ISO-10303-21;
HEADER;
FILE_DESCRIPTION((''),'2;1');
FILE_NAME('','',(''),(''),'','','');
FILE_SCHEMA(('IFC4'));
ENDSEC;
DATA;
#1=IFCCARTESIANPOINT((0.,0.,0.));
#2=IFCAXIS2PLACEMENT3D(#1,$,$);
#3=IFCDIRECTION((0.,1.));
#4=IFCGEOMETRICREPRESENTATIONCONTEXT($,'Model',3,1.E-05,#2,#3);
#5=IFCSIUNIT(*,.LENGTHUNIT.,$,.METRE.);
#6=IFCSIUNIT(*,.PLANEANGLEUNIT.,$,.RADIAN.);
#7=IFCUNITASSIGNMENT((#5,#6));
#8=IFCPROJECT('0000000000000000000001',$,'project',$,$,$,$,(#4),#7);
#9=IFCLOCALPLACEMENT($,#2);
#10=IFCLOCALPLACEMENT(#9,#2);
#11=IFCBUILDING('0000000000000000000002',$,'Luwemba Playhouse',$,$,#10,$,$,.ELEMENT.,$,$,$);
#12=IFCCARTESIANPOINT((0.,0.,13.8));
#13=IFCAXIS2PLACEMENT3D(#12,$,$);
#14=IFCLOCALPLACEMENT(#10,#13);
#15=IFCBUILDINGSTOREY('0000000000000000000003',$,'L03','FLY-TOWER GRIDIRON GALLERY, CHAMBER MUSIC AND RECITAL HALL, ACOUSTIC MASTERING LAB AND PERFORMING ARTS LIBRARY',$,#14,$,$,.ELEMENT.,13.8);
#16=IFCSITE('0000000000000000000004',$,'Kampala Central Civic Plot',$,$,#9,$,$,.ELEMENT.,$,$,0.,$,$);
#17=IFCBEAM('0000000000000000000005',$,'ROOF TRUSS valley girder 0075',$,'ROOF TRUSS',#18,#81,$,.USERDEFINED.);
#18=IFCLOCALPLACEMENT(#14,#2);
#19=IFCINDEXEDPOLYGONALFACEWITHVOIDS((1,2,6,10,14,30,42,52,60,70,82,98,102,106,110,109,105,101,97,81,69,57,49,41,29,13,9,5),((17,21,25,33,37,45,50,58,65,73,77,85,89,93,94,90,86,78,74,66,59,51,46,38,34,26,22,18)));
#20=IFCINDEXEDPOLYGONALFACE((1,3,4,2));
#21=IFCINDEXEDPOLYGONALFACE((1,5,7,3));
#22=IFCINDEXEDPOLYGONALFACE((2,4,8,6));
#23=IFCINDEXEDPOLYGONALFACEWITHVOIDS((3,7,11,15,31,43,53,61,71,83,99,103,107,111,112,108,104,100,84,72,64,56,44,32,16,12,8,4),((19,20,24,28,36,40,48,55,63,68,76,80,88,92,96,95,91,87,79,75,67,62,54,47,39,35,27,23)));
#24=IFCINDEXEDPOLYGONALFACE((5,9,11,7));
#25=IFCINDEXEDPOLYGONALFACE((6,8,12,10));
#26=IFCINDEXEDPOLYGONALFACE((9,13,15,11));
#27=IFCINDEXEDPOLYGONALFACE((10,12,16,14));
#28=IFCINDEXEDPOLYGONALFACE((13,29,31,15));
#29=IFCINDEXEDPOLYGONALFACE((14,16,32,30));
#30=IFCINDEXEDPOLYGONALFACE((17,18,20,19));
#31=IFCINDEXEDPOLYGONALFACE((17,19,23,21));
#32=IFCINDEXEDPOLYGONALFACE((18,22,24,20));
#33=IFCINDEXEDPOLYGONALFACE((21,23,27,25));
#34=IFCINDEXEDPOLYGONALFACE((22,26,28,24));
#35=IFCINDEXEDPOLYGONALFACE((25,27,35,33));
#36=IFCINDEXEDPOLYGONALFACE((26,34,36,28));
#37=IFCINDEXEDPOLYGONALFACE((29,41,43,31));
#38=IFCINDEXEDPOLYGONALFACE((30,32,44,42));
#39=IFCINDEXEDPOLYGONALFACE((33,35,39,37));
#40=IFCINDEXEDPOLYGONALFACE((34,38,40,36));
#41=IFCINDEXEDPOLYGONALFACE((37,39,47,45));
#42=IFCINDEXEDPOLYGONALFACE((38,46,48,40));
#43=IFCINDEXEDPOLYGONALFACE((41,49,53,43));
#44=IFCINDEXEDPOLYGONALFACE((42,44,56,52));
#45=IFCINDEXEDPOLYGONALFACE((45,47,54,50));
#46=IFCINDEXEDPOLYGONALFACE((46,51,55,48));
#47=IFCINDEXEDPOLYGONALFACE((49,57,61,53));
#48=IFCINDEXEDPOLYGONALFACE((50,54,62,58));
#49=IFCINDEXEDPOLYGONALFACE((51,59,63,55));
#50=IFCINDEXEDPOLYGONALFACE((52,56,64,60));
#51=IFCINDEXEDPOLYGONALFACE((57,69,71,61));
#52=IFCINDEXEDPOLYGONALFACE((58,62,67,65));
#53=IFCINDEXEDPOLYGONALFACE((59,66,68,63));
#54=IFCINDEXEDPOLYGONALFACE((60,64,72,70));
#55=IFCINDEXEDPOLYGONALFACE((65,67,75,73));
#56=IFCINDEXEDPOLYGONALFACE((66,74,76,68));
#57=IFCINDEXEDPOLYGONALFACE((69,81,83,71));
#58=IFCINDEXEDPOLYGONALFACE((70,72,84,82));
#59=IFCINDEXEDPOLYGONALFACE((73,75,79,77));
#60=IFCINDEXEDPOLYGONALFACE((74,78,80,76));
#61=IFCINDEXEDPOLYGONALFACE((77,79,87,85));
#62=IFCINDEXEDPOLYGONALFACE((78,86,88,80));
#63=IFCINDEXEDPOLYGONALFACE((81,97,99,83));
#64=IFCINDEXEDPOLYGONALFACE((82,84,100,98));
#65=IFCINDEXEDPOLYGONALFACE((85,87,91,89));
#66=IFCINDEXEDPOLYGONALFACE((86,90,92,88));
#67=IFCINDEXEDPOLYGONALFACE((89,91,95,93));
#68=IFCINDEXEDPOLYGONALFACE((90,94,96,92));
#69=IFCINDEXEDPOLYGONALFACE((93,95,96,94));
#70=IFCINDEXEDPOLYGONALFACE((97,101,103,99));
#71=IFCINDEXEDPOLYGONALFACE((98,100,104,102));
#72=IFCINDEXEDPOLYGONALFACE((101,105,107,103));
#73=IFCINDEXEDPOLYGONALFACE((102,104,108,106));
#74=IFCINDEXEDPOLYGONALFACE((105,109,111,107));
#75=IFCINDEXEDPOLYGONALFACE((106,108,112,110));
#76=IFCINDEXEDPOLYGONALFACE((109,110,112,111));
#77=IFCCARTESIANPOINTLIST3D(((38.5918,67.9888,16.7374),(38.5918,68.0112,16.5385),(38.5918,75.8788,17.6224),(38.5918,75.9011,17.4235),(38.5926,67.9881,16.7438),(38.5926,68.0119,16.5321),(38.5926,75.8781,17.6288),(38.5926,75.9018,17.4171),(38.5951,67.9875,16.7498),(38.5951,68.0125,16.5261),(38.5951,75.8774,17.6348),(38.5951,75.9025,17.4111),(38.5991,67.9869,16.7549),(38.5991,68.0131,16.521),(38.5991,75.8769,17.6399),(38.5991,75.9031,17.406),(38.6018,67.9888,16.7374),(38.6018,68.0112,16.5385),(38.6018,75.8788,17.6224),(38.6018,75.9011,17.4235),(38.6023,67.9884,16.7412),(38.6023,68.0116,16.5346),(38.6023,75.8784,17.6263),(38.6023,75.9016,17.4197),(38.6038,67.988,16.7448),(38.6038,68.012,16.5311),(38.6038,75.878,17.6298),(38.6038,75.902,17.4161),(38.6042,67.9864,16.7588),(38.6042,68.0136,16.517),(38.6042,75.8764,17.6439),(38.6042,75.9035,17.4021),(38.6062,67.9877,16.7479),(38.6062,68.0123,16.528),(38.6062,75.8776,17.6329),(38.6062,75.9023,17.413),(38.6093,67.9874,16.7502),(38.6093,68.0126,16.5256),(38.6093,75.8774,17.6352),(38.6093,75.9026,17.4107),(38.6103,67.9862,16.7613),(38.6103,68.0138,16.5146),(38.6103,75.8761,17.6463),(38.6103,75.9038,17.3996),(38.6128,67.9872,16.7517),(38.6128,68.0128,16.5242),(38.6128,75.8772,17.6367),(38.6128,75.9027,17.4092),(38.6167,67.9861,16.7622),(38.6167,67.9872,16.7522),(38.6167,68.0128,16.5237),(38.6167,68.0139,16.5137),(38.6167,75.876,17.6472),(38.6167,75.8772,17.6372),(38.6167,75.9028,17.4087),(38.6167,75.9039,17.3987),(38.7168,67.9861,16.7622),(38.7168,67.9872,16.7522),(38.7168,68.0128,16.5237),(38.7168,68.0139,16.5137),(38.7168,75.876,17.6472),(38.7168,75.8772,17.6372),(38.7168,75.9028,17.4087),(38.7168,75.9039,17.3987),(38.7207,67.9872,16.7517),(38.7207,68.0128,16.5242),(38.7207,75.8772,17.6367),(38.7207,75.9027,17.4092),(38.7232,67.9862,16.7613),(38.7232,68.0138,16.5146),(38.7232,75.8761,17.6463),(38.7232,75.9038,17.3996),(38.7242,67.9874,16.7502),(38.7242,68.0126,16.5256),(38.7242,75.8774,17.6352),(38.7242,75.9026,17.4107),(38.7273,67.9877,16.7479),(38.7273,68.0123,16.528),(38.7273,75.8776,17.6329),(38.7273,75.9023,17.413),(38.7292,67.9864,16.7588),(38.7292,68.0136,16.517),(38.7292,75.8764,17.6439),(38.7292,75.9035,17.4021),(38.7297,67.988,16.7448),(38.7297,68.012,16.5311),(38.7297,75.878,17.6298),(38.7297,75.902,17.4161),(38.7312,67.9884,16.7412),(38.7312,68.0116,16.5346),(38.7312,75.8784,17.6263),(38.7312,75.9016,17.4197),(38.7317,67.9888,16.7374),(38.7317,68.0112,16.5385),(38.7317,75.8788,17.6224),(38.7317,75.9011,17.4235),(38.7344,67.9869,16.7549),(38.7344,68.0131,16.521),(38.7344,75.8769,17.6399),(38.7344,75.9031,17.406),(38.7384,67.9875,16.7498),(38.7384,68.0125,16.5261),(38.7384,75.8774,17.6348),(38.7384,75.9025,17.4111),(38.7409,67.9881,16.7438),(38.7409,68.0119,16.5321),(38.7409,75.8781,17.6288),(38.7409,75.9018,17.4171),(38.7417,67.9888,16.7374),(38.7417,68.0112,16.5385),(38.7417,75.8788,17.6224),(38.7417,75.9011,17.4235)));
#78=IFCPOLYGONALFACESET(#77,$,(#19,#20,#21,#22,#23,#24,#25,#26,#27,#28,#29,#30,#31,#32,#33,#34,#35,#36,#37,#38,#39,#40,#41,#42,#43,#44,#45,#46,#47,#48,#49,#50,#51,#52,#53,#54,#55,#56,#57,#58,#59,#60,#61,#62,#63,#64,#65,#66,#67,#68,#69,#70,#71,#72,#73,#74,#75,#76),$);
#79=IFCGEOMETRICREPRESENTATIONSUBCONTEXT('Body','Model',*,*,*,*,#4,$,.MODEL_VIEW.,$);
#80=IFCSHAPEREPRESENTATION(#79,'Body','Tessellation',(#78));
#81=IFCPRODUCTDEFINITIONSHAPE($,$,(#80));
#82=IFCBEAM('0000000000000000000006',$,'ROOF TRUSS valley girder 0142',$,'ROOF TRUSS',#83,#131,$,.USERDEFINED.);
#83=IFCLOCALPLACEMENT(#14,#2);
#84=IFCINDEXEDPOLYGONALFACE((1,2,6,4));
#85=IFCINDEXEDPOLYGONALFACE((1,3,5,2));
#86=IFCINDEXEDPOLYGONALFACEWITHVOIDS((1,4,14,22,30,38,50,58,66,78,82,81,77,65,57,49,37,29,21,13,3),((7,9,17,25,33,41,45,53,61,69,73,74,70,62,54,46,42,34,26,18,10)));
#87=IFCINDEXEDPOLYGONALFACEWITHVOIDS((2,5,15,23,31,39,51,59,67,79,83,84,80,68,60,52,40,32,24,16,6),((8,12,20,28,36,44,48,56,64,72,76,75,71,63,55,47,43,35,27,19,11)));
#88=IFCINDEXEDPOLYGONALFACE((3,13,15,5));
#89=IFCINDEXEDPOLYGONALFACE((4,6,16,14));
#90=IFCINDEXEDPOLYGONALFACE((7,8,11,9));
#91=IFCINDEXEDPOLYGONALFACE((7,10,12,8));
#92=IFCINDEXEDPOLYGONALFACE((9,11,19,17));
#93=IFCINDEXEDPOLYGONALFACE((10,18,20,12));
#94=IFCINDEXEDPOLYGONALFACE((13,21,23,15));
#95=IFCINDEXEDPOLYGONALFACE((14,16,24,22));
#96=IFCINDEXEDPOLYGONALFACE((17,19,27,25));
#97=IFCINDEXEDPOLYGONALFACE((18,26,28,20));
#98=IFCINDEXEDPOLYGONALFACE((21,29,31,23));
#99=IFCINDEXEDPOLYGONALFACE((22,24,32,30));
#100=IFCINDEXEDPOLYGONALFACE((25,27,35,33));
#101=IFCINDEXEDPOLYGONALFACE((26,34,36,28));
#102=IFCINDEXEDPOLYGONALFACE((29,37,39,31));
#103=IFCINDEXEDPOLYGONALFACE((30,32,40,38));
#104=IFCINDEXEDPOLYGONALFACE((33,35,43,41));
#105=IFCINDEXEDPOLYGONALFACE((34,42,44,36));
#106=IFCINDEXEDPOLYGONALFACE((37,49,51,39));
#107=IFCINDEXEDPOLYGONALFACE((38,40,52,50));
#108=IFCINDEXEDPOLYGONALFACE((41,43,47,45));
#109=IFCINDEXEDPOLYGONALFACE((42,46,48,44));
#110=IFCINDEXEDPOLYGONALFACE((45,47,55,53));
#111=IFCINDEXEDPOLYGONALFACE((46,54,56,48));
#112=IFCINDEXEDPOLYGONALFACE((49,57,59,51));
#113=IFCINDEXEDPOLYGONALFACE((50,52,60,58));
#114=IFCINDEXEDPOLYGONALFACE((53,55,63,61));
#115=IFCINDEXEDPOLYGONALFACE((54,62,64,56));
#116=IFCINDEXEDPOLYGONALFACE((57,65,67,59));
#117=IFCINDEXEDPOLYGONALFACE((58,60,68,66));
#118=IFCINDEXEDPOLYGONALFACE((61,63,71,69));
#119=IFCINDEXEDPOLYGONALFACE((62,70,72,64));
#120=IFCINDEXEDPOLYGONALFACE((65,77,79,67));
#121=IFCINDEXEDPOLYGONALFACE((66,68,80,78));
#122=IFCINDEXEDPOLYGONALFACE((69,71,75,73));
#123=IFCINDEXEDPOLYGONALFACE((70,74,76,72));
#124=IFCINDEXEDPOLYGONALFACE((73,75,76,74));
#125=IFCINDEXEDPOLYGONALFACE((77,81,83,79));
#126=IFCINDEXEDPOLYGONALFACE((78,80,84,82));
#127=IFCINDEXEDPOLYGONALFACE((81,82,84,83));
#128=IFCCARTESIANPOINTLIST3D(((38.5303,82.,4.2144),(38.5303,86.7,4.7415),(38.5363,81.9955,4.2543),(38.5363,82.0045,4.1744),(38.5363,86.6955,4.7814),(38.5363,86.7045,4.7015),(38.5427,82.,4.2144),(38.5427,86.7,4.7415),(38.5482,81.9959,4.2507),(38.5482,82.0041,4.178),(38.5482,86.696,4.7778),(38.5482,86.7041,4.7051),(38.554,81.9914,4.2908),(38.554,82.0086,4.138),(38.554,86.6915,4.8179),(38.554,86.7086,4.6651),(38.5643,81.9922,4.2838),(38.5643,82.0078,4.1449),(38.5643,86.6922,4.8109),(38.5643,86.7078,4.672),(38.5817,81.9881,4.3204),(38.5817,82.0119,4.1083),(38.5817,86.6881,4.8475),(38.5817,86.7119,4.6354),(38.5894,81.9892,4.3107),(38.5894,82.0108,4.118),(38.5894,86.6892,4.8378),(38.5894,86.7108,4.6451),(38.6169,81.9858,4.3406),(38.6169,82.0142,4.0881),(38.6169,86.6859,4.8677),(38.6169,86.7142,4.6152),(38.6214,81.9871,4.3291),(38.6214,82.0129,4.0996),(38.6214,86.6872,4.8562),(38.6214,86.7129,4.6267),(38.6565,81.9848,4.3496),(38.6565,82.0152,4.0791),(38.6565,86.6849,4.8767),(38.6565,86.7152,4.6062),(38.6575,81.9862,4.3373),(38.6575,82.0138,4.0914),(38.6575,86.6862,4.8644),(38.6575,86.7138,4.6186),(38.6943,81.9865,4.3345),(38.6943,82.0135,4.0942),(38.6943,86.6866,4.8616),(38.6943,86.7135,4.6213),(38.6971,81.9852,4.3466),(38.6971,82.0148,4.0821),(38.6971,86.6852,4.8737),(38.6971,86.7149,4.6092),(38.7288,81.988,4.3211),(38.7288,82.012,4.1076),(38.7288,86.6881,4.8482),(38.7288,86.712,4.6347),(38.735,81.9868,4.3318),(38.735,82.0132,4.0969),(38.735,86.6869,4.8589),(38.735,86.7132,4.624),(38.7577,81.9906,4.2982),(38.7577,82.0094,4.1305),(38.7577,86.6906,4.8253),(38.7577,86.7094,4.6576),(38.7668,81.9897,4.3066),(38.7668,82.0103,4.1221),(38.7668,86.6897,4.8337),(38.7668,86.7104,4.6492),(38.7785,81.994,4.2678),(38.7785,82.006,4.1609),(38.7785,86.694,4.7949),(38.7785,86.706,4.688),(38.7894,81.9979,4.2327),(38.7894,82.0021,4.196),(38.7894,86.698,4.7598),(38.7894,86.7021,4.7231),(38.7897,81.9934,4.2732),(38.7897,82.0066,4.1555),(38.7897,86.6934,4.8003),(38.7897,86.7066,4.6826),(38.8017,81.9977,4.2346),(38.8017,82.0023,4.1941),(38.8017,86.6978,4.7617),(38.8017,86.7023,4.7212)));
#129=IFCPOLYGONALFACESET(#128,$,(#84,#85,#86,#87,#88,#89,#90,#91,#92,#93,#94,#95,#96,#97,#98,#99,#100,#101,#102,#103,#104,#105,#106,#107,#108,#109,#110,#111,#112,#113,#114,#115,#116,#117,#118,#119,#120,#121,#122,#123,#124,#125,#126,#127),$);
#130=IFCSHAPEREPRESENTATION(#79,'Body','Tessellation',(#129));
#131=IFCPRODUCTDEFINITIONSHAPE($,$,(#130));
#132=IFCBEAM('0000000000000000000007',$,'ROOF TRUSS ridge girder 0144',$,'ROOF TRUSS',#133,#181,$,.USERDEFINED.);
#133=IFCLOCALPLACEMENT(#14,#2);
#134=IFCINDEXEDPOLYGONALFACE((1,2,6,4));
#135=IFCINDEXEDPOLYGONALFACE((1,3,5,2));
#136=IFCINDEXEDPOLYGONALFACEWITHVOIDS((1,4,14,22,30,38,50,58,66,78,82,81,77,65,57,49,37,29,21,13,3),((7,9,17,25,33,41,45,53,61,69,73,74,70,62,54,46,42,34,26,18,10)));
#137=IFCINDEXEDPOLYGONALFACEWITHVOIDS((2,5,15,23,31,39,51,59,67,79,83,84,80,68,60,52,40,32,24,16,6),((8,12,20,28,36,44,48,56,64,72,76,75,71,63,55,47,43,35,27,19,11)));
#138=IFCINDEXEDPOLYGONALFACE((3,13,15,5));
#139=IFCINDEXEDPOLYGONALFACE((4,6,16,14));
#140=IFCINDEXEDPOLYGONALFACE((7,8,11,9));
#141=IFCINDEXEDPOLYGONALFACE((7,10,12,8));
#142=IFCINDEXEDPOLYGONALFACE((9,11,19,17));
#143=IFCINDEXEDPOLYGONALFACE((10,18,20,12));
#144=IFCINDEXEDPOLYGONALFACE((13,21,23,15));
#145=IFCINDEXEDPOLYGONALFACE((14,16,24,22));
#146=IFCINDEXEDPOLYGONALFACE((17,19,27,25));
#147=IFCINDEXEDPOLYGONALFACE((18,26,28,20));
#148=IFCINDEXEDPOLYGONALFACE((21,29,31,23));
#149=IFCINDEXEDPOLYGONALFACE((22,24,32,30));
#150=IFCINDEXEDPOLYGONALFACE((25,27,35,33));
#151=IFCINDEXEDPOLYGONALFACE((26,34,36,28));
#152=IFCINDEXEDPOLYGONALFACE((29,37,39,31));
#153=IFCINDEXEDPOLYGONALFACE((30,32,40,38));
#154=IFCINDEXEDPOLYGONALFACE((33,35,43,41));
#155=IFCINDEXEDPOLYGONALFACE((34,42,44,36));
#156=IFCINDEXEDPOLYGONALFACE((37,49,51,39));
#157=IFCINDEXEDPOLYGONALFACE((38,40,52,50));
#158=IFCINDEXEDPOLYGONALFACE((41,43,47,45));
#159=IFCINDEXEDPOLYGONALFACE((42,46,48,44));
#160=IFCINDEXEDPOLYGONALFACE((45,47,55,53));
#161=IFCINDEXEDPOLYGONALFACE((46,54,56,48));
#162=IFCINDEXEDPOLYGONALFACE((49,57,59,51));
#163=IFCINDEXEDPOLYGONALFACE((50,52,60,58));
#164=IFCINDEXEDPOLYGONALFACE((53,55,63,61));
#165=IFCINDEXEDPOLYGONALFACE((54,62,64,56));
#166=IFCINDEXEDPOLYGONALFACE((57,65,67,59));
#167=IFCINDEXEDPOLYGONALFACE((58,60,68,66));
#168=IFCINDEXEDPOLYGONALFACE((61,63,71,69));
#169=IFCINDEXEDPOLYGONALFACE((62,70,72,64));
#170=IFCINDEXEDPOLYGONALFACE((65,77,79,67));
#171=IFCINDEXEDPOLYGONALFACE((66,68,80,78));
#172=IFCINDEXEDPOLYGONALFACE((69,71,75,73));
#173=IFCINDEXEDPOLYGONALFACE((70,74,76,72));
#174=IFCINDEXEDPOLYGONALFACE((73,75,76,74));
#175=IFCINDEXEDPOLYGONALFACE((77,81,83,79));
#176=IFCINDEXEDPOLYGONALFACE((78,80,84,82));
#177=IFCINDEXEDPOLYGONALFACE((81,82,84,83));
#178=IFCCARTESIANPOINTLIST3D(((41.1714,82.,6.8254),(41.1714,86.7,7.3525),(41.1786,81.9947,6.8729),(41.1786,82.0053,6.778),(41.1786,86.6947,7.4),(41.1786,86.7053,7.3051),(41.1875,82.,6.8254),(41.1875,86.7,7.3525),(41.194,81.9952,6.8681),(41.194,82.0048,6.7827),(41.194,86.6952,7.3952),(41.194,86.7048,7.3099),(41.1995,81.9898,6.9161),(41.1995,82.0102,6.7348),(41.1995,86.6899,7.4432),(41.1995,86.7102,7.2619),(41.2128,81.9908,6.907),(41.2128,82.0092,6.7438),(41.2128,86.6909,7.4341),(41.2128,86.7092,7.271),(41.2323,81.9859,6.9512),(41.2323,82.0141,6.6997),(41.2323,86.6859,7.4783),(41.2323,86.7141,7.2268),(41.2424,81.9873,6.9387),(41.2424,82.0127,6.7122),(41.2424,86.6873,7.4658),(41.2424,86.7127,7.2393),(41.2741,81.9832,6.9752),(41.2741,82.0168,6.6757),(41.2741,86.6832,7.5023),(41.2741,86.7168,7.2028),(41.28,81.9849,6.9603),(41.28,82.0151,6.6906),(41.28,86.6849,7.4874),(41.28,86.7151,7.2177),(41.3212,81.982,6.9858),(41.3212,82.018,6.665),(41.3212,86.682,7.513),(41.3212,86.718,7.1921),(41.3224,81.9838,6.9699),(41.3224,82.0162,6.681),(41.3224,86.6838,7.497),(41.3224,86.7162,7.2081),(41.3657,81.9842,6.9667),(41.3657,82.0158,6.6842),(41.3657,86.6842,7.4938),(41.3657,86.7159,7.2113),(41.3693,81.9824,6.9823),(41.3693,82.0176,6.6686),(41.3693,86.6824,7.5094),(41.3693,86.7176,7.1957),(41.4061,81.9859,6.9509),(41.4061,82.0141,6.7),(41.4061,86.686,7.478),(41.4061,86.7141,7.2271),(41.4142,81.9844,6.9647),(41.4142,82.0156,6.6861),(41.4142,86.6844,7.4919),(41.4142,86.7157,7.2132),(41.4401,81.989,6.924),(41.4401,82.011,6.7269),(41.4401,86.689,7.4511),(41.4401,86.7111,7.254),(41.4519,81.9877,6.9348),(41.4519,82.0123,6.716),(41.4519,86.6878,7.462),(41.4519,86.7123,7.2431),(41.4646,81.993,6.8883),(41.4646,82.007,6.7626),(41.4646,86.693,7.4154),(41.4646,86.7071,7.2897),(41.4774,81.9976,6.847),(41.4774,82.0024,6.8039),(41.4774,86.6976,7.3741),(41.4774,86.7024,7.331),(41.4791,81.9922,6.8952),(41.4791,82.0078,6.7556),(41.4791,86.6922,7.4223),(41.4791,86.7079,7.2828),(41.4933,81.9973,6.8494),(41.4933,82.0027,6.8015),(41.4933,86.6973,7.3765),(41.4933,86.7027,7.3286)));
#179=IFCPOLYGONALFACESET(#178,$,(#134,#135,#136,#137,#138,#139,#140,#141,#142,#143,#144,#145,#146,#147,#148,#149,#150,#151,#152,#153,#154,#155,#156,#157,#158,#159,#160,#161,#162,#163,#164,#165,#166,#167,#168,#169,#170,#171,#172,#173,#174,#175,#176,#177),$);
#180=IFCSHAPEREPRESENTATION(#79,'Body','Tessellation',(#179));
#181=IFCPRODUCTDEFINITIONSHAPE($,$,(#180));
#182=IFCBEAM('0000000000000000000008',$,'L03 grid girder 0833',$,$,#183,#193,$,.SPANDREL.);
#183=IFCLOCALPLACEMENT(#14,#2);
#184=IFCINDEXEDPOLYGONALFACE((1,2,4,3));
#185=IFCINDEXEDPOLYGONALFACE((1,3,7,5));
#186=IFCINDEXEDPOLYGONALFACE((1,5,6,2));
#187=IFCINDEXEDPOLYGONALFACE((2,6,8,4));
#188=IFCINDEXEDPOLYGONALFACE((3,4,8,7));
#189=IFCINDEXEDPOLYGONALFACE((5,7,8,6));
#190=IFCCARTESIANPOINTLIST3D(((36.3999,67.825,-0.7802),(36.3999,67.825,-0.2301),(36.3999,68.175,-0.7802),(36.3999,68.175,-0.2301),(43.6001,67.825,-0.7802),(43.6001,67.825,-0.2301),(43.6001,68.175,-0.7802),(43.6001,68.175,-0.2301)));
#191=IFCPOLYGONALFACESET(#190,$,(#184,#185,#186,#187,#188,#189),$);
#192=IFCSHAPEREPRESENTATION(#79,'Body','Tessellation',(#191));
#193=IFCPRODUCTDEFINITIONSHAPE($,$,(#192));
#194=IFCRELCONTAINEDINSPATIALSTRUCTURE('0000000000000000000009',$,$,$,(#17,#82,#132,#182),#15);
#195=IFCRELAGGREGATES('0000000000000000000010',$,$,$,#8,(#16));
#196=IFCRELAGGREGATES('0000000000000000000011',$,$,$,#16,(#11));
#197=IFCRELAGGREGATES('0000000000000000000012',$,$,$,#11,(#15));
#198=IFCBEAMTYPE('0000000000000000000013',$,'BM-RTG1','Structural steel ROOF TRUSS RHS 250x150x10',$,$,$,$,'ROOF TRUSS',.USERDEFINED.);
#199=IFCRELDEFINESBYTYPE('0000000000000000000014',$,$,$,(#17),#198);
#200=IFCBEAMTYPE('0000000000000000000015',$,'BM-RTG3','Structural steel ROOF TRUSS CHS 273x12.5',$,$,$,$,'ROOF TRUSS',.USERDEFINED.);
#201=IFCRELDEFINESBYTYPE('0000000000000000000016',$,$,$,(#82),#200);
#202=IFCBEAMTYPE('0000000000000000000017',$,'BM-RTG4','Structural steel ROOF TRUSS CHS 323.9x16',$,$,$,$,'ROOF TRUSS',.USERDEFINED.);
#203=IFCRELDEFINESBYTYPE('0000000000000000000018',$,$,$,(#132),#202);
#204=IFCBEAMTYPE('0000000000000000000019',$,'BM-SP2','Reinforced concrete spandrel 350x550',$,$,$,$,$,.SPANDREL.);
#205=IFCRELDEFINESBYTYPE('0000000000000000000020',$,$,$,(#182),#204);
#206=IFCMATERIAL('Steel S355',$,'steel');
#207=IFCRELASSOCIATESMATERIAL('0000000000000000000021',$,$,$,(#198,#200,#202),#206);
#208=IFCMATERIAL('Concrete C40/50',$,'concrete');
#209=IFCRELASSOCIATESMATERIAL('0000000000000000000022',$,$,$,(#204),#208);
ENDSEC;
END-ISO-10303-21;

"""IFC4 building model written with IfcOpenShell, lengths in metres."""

from ifc_helpers import new_model, si_unit, direction, frame, origin, origin_2d, place, context, subcontext, project, spatial, rectangle, hollow_rectangle, hollow_circle, extrude, material, material_profile, profile_set, type_object, element, save


model = new_model("IFC4")

# Units and contexts
model_context = context("Model", 3, precision=1e-05, world=origin(), true_north=direction((0.0, 1.0)))
body_context = subcontext(model_context, "Body", "Model", "MODEL_VIEW")
ifc_project = project(units=[si_unit("LENGTHUNIT", "METRE"), si_unit("PLANEANGLEUNIT", "RADIAN")], contexts=[model_context])

# Site, building, storey
site_placement = place(None, origin())
site = spatial("IfcSite", under=ifc_project, at=site_placement, Name="Kampala Central Civic Plot", CompositionType="ELEMENT", RefElevation=0.0)
building_placement = place(site_placement, origin())
building = spatial("IfcBuilding", under=site, at=building_placement, Name="Luwemba Playhouse", CompositionType="ELEMENT")
storey_placement = place(building_placement, frame((0.0, 0.0, 13.8)))
storey = spatial("IfcBuildingStorey", under=building, at=storey_placement, Name="L03", Description="FLY-TOWER GRIDIRON GALLERY, CHAMBER MUSIC AND RECITAL HALL, ACOUSTIC MASTERING LAB AND PERFORMING ARTS LIBRARY", CompositionType="ELEMENT", Elevation=13.8)

# Beams
ifc_material_1 = material(Name="Steel S355", Category="steel")
ifc_material_profile_1 = material_profile(ifc_material_1, hollow_rectangle(XDim=0.1499, YDim=0.25, WallThickness=0.01, InnerFilletRadius=0.0149, OuterFilletRadius=0.0249, at=origin_2d()))
ifc_profile_set_1 = profile_set([ifc_material_profile_1], Name="Steel S355")
beam_type_1 = type_object("IfcBeamType", Name="BM-RTG1", Description="Structural steel ROOF TRUSS RHS 250x150x10", ElementType="ROOF TRUSS", PredefinedType="USERDEFINED", material=ifc_profile_set_1)
beam_1_placement = place(storey_placement, frame((38.6667, 68.0, 16.6379), z_axis=(0.0, 0.993768, 0.111471), x_axis=(-1.0, 0.0, 0.0)))
element("IfcBeam", 1, at=beam_1_placement, inside=storey, type_object=beam_type_1, Name="ROOF TRUSS valley girder 0075", ObjectType="ROOF TRUSS", PredefinedType="USERDEFINED", context=body_context, shape_type="SweptSolid", body=[
    extrude(hollow_rectangle(XDim=0.1499, YDim=0.25, WallThickness=0.01, InnerFilletRadius=0.0149, OuterFilletRadius=0.0249, at=origin_2d()), origin(), (0.0, 0.0, 1.0), 7.9395),
])
ifc_material_profile_2 = material_profile(ifc_material_1, hollow_circle(Radius=0.1365, WallThickness=0.0125, at=origin_2d()))
ifc_profile_set_2 = profile_set([ifc_material_profile_2], Name="Steel S355")
beam_type_2 = type_object("IfcBeamType", Name="BM-RTG3", Description="Structural steel ROOF TRUSS CHS 273x12.5", ElementType="ROOF TRUSS", PredefinedType="USERDEFINED", material=ifc_profile_set_2)
beam_2_placement = place(storey_placement, frame((38.6667, 82.0, 4.2144), z_axis=(0.0, 0.99377, 0.111451), x_axis=(-1.0, 0.0, 0.0)))
element("IfcBeam", 2, at=beam_2_placement, inside=storey, type_object=beam_type_2, Name="ROOF TRUSS valley girder 0142", ObjectType="ROOF TRUSS", PredefinedType="USERDEFINED", context=body_context, shape_type="SweptSolid", body=[
    extrude(hollow_circle(Radius=0.1365, WallThickness=0.0125, at=origin_2d()), origin(), (0.0, 0.0, 1.0), 4.7295),
])
ifc_material_profile_3 = material_profile(ifc_material_1, hollow_circle(Radius=0.1619, WallThickness=0.0161, at=origin_2d()))
ifc_profile_set_3 = profile_set([ifc_material_profile_3], Name="Steel S355")
beam_type_3 = type_object("IfcBeamType", Name="BM-RTG4", Description="Structural steel ROOF TRUSS CHS 323.9x16", ElementType="ROOF TRUSS", PredefinedType="USERDEFINED", material=ifc_profile_set_3)
beam_3_placement = place(storey_placement, frame((41.3333, 82.0, 6.8254), z_axis=(0.0, 0.99377, 0.111451), x_axis=(-1.0, 0.0, 0.0)))
element("IfcBeam", 3, at=beam_3_placement, inside=storey, type_object=beam_type_3, Name="ROOF TRUSS ridge girder 0144", ObjectType="ROOF TRUSS", PredefinedType="USERDEFINED", context=body_context, shape_type="SweptSolid", body=[
    extrude(hollow_circle(Radius=0.1619, WallThickness=0.0161, at=origin_2d()), origin(), (0.0, 0.0, 1.0), 4.7295),
])
ifc_material_2 = material(Name="Concrete C40/50", Category="concrete")
ifc_material_profile_4 = material_profile(ifc_material_2, rectangle(XDim=0.3501, YDim=0.55, at=origin_2d()))
ifc_profile_set_4 = profile_set([ifc_material_profile_4], Name="Concrete C40/50")
beam_type_4 = type_object("IfcBeamType", Name="BM-SP2", Description="Reinforced concrete spandrel 350x550", PredefinedType="SPANDREL", material=ifc_profile_set_4)
beam_4_placement = place(storey_placement, frame((36.3999, 68.0, -0.5051), z_axis=(1.0, 0.0, 0.0), x_axis=(0.0, 1.0, 0.0)))
element("IfcBeam", 4, at=beam_4_placement, inside=storey, type_object=beam_type_4, Name="L03 grid girder 0833", PredefinedType="SPANDREL", context=body_context, shape_type="SweptSolid", body=[
    extrude(rectangle(XDim=0.3501, YDim=0.55, at=origin_2d()), origin(), (0.0, 0.0, 1.0), 7.2002),
])

save(model, "model.ifc")
